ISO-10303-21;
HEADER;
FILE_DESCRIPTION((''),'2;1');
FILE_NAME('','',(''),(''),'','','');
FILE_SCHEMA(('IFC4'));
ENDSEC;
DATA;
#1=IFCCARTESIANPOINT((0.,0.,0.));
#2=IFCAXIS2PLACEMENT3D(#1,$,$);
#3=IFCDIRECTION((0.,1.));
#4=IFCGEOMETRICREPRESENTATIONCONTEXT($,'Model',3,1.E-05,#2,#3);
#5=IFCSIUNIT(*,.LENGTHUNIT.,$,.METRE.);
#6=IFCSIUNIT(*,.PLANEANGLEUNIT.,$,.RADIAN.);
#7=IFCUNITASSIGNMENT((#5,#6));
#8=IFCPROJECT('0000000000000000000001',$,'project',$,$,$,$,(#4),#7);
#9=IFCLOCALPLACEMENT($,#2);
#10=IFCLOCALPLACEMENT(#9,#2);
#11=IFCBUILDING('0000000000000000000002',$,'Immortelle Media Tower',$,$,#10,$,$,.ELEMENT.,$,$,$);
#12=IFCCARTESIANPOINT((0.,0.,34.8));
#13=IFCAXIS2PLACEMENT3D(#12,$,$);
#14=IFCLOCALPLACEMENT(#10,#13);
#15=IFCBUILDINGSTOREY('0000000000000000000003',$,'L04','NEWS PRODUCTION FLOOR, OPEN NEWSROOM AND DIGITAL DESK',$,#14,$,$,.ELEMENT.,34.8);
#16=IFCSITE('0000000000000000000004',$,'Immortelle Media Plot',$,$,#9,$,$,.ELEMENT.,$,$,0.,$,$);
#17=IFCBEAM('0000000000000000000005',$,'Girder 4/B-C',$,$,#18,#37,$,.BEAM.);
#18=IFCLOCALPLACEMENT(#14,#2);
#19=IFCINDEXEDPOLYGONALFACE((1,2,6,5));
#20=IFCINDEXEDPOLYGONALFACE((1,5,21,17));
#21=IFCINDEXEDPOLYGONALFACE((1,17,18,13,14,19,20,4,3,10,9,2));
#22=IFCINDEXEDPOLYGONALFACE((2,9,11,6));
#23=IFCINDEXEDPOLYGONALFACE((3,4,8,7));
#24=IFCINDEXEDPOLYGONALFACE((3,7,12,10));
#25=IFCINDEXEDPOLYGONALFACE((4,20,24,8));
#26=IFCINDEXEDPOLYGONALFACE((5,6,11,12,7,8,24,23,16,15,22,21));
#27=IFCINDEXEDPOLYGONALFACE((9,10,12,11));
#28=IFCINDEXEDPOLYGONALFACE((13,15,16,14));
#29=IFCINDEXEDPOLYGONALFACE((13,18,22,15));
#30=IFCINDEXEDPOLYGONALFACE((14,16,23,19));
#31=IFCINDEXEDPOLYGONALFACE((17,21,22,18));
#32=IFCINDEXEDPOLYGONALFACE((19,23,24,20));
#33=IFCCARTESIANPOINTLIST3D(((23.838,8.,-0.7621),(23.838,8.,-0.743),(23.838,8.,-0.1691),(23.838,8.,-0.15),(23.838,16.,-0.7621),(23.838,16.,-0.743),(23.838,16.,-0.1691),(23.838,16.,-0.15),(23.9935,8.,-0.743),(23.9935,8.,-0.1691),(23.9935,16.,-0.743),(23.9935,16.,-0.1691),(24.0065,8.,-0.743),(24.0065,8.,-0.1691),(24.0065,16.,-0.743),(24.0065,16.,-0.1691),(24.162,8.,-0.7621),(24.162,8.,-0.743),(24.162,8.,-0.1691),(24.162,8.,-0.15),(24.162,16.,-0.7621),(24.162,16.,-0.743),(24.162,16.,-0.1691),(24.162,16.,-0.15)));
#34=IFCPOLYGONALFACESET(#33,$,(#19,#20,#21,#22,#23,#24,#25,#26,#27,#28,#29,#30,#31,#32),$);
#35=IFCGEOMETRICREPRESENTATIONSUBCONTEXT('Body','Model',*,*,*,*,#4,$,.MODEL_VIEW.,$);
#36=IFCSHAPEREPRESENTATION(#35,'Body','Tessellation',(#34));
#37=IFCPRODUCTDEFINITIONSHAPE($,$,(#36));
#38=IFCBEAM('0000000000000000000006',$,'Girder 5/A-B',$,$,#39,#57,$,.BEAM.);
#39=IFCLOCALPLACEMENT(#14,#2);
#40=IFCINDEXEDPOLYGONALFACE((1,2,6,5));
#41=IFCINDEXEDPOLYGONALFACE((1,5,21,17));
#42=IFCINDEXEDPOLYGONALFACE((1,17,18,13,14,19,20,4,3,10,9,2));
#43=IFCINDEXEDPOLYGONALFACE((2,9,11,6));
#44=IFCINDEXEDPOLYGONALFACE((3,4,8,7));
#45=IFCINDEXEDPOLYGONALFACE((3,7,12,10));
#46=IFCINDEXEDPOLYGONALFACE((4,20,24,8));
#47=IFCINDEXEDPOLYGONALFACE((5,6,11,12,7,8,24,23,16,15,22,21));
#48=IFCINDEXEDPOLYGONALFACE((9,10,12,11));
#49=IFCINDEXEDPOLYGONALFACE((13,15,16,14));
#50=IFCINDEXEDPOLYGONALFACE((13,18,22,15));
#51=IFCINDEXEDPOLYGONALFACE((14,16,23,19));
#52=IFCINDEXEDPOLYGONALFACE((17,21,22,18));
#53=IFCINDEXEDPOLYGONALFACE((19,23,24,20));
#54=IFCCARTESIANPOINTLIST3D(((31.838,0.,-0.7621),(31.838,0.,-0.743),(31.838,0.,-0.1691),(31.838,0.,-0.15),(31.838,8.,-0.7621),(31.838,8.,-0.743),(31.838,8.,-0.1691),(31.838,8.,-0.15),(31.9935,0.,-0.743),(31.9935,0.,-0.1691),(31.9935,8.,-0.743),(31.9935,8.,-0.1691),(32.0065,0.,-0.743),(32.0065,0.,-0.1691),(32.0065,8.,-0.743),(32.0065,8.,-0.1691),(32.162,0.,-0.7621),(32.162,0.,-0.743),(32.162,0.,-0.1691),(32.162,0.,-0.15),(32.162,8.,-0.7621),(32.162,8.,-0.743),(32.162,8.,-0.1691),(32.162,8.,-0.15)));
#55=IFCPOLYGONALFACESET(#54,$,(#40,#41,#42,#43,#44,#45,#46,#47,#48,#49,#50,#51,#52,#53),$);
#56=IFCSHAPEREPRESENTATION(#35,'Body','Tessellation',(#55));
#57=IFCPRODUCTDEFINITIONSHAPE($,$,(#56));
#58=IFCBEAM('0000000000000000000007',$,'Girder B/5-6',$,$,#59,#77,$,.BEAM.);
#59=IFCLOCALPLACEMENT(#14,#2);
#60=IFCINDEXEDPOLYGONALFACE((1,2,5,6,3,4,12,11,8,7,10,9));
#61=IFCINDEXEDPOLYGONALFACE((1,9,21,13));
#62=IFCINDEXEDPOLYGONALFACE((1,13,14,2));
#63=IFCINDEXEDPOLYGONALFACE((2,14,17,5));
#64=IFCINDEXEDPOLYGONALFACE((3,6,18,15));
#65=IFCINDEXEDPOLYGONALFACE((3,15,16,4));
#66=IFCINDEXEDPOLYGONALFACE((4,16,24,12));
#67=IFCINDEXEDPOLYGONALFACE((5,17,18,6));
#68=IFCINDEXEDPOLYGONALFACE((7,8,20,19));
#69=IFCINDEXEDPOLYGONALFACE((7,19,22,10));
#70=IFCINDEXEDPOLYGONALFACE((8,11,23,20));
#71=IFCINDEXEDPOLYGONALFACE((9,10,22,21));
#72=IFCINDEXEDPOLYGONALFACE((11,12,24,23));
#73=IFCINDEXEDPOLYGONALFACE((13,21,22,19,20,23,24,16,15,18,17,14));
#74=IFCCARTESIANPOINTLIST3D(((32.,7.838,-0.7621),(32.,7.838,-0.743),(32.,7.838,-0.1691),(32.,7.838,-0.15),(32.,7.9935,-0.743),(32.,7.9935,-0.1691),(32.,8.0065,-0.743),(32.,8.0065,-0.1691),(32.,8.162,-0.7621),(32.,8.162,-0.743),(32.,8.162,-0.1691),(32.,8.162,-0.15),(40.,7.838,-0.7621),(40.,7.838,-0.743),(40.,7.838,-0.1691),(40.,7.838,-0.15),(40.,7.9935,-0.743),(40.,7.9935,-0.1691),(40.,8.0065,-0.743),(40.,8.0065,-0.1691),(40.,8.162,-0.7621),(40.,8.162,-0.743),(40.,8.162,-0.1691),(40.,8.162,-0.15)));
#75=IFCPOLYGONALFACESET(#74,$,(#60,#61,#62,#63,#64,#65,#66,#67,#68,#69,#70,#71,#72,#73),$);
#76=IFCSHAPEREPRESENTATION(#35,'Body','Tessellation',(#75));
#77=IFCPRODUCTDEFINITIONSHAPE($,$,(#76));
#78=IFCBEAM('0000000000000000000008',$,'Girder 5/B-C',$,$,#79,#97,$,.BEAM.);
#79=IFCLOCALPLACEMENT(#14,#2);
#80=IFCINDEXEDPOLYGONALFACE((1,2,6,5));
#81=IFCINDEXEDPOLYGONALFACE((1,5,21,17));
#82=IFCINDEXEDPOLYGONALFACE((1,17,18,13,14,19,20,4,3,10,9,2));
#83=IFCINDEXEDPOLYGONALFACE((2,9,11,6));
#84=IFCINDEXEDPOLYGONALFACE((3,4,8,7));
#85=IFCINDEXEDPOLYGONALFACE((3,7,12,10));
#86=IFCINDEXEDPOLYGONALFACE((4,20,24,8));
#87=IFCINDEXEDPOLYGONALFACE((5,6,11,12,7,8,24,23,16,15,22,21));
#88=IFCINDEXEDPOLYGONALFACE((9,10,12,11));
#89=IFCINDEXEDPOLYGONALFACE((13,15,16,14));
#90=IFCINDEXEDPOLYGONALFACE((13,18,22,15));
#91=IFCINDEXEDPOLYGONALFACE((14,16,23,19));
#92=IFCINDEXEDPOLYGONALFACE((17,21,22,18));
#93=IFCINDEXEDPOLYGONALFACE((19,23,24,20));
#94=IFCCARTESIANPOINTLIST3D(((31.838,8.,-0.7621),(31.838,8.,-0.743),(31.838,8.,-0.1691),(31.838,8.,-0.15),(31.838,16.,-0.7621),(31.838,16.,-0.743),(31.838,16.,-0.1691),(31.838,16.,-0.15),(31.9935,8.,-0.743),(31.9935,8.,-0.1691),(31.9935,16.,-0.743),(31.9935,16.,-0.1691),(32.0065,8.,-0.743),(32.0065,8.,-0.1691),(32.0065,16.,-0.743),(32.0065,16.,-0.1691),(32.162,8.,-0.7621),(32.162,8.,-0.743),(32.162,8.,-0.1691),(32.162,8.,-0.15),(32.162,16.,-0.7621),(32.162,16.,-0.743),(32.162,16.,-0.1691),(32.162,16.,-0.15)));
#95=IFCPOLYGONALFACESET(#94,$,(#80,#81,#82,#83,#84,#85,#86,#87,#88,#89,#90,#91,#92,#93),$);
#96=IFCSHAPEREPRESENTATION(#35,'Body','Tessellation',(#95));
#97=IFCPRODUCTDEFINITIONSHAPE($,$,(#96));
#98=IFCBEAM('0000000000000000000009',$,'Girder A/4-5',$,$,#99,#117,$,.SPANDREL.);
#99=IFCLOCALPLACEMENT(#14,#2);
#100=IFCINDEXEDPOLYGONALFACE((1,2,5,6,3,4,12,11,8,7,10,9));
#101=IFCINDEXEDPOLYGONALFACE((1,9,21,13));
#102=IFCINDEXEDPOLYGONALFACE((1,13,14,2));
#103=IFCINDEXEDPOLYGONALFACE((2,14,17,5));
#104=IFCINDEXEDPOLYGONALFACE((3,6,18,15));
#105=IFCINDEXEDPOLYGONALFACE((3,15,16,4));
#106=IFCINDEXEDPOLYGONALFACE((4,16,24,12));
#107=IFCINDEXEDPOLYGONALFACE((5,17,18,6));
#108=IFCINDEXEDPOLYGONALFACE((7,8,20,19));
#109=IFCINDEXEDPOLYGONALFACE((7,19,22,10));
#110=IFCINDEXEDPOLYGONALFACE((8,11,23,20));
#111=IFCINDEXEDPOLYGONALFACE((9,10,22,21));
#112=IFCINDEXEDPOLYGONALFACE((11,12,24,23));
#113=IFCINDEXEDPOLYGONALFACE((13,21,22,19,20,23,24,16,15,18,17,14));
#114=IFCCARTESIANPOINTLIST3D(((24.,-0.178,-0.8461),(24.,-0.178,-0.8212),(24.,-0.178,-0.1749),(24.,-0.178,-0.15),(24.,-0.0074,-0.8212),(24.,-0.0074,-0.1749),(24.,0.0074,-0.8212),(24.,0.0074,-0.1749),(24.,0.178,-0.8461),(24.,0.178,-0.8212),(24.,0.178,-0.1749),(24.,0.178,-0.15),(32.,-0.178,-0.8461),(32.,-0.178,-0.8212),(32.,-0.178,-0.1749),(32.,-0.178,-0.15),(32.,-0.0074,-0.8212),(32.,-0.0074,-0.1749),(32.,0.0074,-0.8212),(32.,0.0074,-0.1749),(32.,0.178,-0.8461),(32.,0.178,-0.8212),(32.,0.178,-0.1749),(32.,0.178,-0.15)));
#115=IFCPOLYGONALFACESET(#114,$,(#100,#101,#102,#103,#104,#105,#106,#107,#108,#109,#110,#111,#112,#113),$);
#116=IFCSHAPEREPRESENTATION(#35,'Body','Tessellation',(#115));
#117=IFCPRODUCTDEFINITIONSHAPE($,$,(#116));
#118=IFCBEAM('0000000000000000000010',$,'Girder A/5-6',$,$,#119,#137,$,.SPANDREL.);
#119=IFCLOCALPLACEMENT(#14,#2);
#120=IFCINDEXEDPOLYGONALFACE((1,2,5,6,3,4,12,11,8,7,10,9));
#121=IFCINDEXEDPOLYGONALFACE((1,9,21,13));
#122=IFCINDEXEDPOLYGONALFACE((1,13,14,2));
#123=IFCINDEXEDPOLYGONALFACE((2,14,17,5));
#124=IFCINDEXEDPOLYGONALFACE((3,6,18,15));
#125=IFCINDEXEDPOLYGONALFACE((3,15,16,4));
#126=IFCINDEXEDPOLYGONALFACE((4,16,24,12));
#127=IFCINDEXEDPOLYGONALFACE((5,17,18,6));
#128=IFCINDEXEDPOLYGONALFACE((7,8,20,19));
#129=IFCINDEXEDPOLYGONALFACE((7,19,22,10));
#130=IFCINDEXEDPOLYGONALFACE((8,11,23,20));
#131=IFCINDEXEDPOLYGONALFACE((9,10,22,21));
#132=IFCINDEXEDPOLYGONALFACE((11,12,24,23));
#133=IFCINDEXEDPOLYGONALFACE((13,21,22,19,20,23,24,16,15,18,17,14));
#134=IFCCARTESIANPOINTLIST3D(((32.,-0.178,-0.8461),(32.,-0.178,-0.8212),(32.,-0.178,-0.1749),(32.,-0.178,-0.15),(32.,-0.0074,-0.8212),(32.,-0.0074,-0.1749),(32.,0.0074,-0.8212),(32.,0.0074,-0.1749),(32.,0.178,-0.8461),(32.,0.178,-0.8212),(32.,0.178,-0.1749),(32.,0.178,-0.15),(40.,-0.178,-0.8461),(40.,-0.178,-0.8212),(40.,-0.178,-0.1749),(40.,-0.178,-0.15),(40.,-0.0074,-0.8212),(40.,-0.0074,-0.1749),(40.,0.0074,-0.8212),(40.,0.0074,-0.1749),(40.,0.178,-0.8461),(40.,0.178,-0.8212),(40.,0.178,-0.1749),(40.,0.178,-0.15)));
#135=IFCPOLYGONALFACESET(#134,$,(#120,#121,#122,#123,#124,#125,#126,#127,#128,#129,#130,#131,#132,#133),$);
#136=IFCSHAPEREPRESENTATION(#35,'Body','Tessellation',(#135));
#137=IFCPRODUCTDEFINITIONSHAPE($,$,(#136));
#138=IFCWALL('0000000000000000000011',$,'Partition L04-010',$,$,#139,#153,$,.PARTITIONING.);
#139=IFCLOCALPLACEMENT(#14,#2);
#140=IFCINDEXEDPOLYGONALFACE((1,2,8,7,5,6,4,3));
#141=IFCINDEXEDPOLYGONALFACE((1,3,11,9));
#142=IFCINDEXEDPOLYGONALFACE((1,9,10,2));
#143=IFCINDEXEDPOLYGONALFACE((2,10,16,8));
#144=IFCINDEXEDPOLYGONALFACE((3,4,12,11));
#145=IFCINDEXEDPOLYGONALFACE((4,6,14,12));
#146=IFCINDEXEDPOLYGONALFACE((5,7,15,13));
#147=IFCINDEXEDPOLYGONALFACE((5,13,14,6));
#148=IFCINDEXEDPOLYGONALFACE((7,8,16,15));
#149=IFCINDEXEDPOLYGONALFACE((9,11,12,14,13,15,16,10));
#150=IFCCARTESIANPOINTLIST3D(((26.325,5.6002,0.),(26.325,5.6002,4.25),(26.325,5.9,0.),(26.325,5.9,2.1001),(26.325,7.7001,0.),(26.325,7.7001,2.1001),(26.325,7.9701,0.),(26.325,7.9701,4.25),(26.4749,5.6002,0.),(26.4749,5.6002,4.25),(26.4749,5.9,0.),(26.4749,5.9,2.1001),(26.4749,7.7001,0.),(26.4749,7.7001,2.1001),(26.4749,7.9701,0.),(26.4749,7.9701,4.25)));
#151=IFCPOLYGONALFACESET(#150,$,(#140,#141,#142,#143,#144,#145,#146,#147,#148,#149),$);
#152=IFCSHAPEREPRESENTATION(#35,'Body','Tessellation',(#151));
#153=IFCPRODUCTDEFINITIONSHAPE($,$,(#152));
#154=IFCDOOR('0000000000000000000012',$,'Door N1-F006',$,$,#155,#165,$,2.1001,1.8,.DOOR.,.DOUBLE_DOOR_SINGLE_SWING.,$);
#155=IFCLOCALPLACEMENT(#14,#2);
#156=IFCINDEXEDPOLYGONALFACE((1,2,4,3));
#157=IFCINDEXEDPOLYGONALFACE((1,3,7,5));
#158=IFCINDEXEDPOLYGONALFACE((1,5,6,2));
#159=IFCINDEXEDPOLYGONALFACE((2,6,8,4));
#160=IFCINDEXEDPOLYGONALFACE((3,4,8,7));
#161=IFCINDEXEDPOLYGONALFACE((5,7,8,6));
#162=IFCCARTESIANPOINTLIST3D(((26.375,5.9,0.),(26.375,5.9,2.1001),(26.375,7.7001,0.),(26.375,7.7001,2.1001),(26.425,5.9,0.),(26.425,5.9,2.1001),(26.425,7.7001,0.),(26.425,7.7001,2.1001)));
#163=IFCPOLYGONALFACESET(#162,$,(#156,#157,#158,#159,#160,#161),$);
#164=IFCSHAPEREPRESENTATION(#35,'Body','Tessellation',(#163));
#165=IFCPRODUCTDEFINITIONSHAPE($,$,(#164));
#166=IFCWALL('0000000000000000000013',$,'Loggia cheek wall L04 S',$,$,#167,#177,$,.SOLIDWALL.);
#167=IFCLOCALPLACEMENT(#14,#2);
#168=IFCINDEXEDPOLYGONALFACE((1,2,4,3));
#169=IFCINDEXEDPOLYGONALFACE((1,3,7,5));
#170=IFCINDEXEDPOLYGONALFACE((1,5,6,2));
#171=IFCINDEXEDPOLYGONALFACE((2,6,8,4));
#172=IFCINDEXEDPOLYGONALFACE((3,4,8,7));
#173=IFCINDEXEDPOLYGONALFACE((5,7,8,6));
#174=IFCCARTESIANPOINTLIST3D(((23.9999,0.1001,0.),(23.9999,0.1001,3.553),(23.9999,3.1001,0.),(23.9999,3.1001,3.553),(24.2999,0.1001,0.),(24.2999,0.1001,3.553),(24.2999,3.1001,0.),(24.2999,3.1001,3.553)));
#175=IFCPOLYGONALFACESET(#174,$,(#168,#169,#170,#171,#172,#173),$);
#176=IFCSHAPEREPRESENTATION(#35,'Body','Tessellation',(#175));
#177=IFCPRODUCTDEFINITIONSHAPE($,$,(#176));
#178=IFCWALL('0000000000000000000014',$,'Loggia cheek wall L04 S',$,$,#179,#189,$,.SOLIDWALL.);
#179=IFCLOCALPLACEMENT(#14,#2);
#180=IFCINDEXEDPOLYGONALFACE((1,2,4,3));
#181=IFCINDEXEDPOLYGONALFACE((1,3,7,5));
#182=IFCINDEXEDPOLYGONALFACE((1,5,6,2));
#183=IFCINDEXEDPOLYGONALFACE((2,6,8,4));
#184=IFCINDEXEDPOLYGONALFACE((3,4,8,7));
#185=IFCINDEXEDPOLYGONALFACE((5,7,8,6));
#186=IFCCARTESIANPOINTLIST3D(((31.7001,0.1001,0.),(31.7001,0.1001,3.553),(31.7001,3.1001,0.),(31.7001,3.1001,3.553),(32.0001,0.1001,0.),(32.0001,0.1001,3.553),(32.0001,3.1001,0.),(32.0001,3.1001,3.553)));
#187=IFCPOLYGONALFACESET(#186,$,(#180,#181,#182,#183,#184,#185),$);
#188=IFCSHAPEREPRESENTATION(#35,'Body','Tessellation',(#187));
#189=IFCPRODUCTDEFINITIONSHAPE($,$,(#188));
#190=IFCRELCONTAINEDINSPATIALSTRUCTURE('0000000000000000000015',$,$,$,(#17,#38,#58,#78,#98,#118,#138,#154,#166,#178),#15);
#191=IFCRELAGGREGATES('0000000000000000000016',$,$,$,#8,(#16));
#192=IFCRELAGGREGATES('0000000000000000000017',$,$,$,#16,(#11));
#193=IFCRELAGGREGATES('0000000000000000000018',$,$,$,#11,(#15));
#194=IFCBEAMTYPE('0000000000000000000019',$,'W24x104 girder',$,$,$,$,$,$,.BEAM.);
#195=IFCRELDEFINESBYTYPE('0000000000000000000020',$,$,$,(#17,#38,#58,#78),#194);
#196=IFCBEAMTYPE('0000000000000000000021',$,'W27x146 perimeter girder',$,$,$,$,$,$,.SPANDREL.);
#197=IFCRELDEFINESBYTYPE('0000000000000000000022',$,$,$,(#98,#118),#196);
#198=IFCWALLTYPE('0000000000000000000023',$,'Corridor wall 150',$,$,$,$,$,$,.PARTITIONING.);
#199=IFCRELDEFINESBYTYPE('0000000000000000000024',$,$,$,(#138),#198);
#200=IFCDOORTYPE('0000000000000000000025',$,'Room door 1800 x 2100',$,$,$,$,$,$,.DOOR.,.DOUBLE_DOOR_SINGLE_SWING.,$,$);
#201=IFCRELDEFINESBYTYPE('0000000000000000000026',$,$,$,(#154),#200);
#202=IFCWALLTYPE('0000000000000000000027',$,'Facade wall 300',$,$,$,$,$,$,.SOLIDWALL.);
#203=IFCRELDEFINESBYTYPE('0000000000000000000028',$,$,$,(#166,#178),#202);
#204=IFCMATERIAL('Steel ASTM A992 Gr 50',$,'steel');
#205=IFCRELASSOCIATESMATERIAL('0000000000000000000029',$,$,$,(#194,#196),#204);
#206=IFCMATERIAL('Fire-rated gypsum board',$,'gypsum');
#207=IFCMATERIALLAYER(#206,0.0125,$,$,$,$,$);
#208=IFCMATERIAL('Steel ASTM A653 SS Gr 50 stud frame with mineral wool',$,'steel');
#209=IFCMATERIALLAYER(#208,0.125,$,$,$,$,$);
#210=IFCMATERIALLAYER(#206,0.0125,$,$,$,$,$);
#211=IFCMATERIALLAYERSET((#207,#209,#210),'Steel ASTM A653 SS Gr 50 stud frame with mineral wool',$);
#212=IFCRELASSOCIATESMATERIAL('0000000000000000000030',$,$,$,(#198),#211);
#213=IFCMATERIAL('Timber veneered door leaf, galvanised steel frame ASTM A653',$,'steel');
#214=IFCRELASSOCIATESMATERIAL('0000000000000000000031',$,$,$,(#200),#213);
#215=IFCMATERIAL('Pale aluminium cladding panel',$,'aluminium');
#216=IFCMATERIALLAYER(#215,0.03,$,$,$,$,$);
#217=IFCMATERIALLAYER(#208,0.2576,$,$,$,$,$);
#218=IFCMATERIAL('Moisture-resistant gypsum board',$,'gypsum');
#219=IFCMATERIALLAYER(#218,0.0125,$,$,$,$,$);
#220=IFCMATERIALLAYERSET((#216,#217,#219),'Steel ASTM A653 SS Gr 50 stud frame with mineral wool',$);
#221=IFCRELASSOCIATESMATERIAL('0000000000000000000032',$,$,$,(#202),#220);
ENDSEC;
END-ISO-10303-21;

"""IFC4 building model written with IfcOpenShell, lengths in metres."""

from ifc_helpers import new_model, si_unit, direction, frame, frame_2d, origin, origin_2d, place, context, subcontext, project, spatial, rectangle, i_section, extrude, material, layer, layer_set, material_profile, profile_set, type_object, element, fill, save


model = new_model("IFC4")

# Units and contexts
model_context = context("Model", 3, precision=1e-05, world=origin(), true_north=direction((0.0, 1.0)))
body_context = subcontext(model_context, "Body", "Model", "MODEL_VIEW")
ifc_project = project(units=[si_unit("LENGTHUNIT", "METRE"), si_unit("PLANEANGLEUNIT", "RADIAN")], contexts=[model_context])

# Site, building, storey
site_placement = place(None, origin())
site = spatial("IfcSite", under=ifc_project, at=site_placement, Name="Immortelle Media Plot", CompositionType="ELEMENT", RefElevation=0.0)
building_placement = place(site_placement, origin())
building = spatial("IfcBuilding", under=site, at=building_placement, Name="Immortelle Media Tower", CompositionType="ELEMENT")
storey_placement = place(building_placement, frame((0.0, 0.0, 34.8)))
storey = spatial("IfcBuildingStorey", under=building, at=storey_placement, Name="L04", Description="NEWS PRODUCTION FLOOR, OPEN NEWSROOM AND DIGITAL DESK", CompositionType="ELEMENT", Elevation=34.8)

# Shared definitions
ifc_material_1 = material(Name="Steel ASTM A992 Gr 50", Category="steel")

# Beams
ifc_material_profile_1 = material_profile(ifc_material_1, i_section(OverallWidth=0.324, OverallDepth=0.6121, WebThickness=0.0129, FlangeThickness=0.019, at=origin_2d()), Name="W24x104")
ifc_profile_set_1 = profile_set([ifc_material_profile_1], Name="Steel ASTM A992 Gr 50")
beam_type_1 = type_object("IfcBeamType", Name="W24x104 girder", PredefinedType="BEAM", material=ifc_profile_set_1)
for number, where, z_axis, x_axis, name in (
    (1, (24.0, 8.0, -0.4561), (0.0, 1.0, 0.0), (-1.0, 0.0, 0.0), "Girder 4/B-C"),
    (2, (32.0, 0.0, -0.4561), (0.0, 1.0, 0.0), (-1.0, 0.0, 0.0), "Girder 5/A-B"),
    (3, (32.0, 8.0, -0.4561), (1.0, 0.0, 0.0), (0.0, 1.0, 0.0), "Girder B/5-6"),
    (4, (32.0, 8.0, -0.4561), (0.0, 1.0, 0.0), (-1.0, 0.0, 0.0), "Girder 5/B-C"),
):
    element("IfcBeam", number, at=place(storey_placement, frame(where, z_axis=z_axis, x_axis=x_axis)), inside=storey, type_object=beam_type_1, Name=name, PredefinedType="BEAM", context=body_context, shape_type="SweptSolid", body=[
        extrude(i_section(OverallWidth=0.324, OverallDepth=0.6121, WebThickness=0.0129, FlangeThickness=0.019, at=origin_2d()), origin(), (0.0, 0.0, 1.0), 8.0),
    ])
ifc_material_profile_2 = material_profile(ifc_material_1, i_section(OverallWidth=0.356, OverallDepth=0.696, WebThickness=0.0149, FlangeThickness=0.0249, at=origin_2d()), Name="W27x146")
ifc_profile_set_2 = profile_set([ifc_material_profile_2], Name="Steel ASTM A992 Gr 50")
beam_type_2 = type_object("IfcBeamType", Name="W27x146 perimeter girder", PredefinedType="SPANDREL", material=ifc_profile_set_2)
for number, where, z_axis, x_axis, name in (
    (5, (24.0, 0.0, -0.498), (1.0, 0.0, 0.0), (0.0, 1.0, 0.0), "Girder A/4-5"),
    (6, (32.0, 0.0, -0.498), (1.0, 0.0, 0.0), (0.0, 1.0, 0.0), "Girder A/5-6"),
):
    element("IfcBeam", number, at=place(storey_placement, frame(where, z_axis=z_axis, x_axis=x_axis)), inside=storey, type_object=beam_type_2, Name=name, PredefinedType="SPANDREL", context=body_context, shape_type="SweptSolid", body=[
        extrude(i_section(OverallWidth=0.356, OverallDepth=0.696, WebThickness=0.0149, FlangeThickness=0.0249, at=origin_2d()), origin(), (0.0, 0.0, 1.0), 8.0),
    ])

# Wall, opening, door
ifc_material_2 = material(Name="Fire-rated gypsum board", Category="gypsum")
ifc_layer_1 = layer(ifc_material_2, 0.0125)
ifc_material_3 = material(Name="Steel ASTM A653 SS Gr 50 stud frame with mineral wool", Category="steel")
ifc_layer_2 = layer(ifc_material_3, 0.125)
ifc_layer_3 = layer(ifc_material_2, 0.0125)
ifc_layer_set_1 = layer_set([ifc_layer_1, ifc_layer_2, ifc_layer_3], Name="Steel ASTM A653 SS Gr 50 stud frame with mineral wool")
wall_type_1 = type_object("IfcWallType", Name="Corridor wall 150", PredefinedType="PARTITIONING", material=ifc_layer_set_1)
wall_1_placement = place(storey_placement, frame((26.3999, 5.6001, 0.0), z_axis=(0.0, 0.0, 1.0), x_axis=(0.0, 1.0, 0.0)))
wall_1 = element("IfcWall", 7, at=wall_1_placement, inside=storey, type_object=wall_type_1, Name="Partition L04-010", PredefinedType="PARTITIONING", context=body_context, shape_type="SweptSolid", body=[
    extrude(rectangle(XDim=2.3699, YDim=0.1499, at=frame_2d((1.1851, 0.0))), origin(), (0.0, 0.0, 1.0), 4.25),
])
opening_1_placement = place(wall_1_placement, frame((0.3, 0.0, 0.0)))
opening_1 = element("IfcOpeningElement", 8, at=opening_1_placement, cuts=wall_1, PredefinedType="OPENING", context=body_context, shape_type="SweptSolid", body=[
    extrude(rectangle(XDim=1.8, YDim=2.1001, at=frame_2d((0.8999, 1.05))), frame((0.0, 0.085, 0.0), z_axis=(0.0, -1.0, 0.0), x_axis=(1.0, 0.0, 0.0)), (0.0, 0.0, 1.0), 0.1699),
])
ifc_material_4 = material(Name="Timber veneered door leaf, galvanised steel frame ASTM A653", Category="steel")
door_type_1 = type_object("IfcDoorType", Name="Room door 1800 x 2100", OperationType="DOUBLE_DOOR_SINGLE_SWING", PredefinedType="DOOR", material=ifc_material_4)
door_1_placement = place(opening_1_placement, origin())
door_1 = element("IfcDoor", 9, at=door_1_placement, inside=storey, type_object=door_type_1, Name="Door N1-F006", OperationType="DOUBLE_DOOR_SINGLE_SWING", OverallHeight=2.1001, OverallWidth=1.8, PredefinedType="DOOR", context=body_context, shape_type="SweptSolid", body=[
    extrude(rectangle(XDim=1.8, YDim=2.1001, at=frame_2d((0.8999, 1.05))), frame((0.0, 0.0249, 0.0), z_axis=(0.0, -1.0, 0.0), x_axis=(1.0, 0.0, 0.0)), (0.0, 0.0, 1.0), 0.05),
])
fill(opening_1, door_1)

# Shared definitions
ifc_material_5 = material(Name="Pale aluminium cladding panel", Category="aluminium")
ifc_layer_4 = layer(ifc_material_5, 0.03)
ifc_layer_5 = layer(ifc_material_3, 0.2576)
ifc_material_6 = material(Name="Moisture-resistant gypsum board", Category="gypsum")
ifc_layer_6 = layer(ifc_material_6, 0.0125)
ifc_layer_set_2 = layer_set([ifc_layer_4, ifc_layer_5, ifc_layer_6], Name="Steel ASTM A653 SS Gr 50 stud frame with mineral wool")
wall_type_2 = type_object("IfcWallType", Name="Facade wall 300", PredefinedType="SOLIDWALL", material=ifc_layer_set_2)

# Walls
for number, where, z_axis, x_axis, name in (
    (10, (24.1499, 0.1001, 0.0), (0.0, 0.0, 1.0), (0.0, 1.0, 0.0), "Loggia cheek wall L04 S"),
    (11, (31.8501, 0.1001, 0.0), (0.0, 0.0, 1.0), (0.0, 1.0, 0.0), "Loggia cheek wall L04 S"),
):
    element("IfcWall", number, at=place(storey_placement, frame(where, z_axis=z_axis, x_axis=x_axis)), inside=storey, type_object=wall_type_2, Name=name, PredefinedType="SOLIDWALL", context=body_context, shape_type="SweptSolid", body=[
        extrude(rectangle(XDim=3.0, YDim=0.3, at=frame_2d((1.5, 0.0))), origin(), (0.0, 0.0, 1.0), 3.553),
    ])

save(model, "model.ifc")
